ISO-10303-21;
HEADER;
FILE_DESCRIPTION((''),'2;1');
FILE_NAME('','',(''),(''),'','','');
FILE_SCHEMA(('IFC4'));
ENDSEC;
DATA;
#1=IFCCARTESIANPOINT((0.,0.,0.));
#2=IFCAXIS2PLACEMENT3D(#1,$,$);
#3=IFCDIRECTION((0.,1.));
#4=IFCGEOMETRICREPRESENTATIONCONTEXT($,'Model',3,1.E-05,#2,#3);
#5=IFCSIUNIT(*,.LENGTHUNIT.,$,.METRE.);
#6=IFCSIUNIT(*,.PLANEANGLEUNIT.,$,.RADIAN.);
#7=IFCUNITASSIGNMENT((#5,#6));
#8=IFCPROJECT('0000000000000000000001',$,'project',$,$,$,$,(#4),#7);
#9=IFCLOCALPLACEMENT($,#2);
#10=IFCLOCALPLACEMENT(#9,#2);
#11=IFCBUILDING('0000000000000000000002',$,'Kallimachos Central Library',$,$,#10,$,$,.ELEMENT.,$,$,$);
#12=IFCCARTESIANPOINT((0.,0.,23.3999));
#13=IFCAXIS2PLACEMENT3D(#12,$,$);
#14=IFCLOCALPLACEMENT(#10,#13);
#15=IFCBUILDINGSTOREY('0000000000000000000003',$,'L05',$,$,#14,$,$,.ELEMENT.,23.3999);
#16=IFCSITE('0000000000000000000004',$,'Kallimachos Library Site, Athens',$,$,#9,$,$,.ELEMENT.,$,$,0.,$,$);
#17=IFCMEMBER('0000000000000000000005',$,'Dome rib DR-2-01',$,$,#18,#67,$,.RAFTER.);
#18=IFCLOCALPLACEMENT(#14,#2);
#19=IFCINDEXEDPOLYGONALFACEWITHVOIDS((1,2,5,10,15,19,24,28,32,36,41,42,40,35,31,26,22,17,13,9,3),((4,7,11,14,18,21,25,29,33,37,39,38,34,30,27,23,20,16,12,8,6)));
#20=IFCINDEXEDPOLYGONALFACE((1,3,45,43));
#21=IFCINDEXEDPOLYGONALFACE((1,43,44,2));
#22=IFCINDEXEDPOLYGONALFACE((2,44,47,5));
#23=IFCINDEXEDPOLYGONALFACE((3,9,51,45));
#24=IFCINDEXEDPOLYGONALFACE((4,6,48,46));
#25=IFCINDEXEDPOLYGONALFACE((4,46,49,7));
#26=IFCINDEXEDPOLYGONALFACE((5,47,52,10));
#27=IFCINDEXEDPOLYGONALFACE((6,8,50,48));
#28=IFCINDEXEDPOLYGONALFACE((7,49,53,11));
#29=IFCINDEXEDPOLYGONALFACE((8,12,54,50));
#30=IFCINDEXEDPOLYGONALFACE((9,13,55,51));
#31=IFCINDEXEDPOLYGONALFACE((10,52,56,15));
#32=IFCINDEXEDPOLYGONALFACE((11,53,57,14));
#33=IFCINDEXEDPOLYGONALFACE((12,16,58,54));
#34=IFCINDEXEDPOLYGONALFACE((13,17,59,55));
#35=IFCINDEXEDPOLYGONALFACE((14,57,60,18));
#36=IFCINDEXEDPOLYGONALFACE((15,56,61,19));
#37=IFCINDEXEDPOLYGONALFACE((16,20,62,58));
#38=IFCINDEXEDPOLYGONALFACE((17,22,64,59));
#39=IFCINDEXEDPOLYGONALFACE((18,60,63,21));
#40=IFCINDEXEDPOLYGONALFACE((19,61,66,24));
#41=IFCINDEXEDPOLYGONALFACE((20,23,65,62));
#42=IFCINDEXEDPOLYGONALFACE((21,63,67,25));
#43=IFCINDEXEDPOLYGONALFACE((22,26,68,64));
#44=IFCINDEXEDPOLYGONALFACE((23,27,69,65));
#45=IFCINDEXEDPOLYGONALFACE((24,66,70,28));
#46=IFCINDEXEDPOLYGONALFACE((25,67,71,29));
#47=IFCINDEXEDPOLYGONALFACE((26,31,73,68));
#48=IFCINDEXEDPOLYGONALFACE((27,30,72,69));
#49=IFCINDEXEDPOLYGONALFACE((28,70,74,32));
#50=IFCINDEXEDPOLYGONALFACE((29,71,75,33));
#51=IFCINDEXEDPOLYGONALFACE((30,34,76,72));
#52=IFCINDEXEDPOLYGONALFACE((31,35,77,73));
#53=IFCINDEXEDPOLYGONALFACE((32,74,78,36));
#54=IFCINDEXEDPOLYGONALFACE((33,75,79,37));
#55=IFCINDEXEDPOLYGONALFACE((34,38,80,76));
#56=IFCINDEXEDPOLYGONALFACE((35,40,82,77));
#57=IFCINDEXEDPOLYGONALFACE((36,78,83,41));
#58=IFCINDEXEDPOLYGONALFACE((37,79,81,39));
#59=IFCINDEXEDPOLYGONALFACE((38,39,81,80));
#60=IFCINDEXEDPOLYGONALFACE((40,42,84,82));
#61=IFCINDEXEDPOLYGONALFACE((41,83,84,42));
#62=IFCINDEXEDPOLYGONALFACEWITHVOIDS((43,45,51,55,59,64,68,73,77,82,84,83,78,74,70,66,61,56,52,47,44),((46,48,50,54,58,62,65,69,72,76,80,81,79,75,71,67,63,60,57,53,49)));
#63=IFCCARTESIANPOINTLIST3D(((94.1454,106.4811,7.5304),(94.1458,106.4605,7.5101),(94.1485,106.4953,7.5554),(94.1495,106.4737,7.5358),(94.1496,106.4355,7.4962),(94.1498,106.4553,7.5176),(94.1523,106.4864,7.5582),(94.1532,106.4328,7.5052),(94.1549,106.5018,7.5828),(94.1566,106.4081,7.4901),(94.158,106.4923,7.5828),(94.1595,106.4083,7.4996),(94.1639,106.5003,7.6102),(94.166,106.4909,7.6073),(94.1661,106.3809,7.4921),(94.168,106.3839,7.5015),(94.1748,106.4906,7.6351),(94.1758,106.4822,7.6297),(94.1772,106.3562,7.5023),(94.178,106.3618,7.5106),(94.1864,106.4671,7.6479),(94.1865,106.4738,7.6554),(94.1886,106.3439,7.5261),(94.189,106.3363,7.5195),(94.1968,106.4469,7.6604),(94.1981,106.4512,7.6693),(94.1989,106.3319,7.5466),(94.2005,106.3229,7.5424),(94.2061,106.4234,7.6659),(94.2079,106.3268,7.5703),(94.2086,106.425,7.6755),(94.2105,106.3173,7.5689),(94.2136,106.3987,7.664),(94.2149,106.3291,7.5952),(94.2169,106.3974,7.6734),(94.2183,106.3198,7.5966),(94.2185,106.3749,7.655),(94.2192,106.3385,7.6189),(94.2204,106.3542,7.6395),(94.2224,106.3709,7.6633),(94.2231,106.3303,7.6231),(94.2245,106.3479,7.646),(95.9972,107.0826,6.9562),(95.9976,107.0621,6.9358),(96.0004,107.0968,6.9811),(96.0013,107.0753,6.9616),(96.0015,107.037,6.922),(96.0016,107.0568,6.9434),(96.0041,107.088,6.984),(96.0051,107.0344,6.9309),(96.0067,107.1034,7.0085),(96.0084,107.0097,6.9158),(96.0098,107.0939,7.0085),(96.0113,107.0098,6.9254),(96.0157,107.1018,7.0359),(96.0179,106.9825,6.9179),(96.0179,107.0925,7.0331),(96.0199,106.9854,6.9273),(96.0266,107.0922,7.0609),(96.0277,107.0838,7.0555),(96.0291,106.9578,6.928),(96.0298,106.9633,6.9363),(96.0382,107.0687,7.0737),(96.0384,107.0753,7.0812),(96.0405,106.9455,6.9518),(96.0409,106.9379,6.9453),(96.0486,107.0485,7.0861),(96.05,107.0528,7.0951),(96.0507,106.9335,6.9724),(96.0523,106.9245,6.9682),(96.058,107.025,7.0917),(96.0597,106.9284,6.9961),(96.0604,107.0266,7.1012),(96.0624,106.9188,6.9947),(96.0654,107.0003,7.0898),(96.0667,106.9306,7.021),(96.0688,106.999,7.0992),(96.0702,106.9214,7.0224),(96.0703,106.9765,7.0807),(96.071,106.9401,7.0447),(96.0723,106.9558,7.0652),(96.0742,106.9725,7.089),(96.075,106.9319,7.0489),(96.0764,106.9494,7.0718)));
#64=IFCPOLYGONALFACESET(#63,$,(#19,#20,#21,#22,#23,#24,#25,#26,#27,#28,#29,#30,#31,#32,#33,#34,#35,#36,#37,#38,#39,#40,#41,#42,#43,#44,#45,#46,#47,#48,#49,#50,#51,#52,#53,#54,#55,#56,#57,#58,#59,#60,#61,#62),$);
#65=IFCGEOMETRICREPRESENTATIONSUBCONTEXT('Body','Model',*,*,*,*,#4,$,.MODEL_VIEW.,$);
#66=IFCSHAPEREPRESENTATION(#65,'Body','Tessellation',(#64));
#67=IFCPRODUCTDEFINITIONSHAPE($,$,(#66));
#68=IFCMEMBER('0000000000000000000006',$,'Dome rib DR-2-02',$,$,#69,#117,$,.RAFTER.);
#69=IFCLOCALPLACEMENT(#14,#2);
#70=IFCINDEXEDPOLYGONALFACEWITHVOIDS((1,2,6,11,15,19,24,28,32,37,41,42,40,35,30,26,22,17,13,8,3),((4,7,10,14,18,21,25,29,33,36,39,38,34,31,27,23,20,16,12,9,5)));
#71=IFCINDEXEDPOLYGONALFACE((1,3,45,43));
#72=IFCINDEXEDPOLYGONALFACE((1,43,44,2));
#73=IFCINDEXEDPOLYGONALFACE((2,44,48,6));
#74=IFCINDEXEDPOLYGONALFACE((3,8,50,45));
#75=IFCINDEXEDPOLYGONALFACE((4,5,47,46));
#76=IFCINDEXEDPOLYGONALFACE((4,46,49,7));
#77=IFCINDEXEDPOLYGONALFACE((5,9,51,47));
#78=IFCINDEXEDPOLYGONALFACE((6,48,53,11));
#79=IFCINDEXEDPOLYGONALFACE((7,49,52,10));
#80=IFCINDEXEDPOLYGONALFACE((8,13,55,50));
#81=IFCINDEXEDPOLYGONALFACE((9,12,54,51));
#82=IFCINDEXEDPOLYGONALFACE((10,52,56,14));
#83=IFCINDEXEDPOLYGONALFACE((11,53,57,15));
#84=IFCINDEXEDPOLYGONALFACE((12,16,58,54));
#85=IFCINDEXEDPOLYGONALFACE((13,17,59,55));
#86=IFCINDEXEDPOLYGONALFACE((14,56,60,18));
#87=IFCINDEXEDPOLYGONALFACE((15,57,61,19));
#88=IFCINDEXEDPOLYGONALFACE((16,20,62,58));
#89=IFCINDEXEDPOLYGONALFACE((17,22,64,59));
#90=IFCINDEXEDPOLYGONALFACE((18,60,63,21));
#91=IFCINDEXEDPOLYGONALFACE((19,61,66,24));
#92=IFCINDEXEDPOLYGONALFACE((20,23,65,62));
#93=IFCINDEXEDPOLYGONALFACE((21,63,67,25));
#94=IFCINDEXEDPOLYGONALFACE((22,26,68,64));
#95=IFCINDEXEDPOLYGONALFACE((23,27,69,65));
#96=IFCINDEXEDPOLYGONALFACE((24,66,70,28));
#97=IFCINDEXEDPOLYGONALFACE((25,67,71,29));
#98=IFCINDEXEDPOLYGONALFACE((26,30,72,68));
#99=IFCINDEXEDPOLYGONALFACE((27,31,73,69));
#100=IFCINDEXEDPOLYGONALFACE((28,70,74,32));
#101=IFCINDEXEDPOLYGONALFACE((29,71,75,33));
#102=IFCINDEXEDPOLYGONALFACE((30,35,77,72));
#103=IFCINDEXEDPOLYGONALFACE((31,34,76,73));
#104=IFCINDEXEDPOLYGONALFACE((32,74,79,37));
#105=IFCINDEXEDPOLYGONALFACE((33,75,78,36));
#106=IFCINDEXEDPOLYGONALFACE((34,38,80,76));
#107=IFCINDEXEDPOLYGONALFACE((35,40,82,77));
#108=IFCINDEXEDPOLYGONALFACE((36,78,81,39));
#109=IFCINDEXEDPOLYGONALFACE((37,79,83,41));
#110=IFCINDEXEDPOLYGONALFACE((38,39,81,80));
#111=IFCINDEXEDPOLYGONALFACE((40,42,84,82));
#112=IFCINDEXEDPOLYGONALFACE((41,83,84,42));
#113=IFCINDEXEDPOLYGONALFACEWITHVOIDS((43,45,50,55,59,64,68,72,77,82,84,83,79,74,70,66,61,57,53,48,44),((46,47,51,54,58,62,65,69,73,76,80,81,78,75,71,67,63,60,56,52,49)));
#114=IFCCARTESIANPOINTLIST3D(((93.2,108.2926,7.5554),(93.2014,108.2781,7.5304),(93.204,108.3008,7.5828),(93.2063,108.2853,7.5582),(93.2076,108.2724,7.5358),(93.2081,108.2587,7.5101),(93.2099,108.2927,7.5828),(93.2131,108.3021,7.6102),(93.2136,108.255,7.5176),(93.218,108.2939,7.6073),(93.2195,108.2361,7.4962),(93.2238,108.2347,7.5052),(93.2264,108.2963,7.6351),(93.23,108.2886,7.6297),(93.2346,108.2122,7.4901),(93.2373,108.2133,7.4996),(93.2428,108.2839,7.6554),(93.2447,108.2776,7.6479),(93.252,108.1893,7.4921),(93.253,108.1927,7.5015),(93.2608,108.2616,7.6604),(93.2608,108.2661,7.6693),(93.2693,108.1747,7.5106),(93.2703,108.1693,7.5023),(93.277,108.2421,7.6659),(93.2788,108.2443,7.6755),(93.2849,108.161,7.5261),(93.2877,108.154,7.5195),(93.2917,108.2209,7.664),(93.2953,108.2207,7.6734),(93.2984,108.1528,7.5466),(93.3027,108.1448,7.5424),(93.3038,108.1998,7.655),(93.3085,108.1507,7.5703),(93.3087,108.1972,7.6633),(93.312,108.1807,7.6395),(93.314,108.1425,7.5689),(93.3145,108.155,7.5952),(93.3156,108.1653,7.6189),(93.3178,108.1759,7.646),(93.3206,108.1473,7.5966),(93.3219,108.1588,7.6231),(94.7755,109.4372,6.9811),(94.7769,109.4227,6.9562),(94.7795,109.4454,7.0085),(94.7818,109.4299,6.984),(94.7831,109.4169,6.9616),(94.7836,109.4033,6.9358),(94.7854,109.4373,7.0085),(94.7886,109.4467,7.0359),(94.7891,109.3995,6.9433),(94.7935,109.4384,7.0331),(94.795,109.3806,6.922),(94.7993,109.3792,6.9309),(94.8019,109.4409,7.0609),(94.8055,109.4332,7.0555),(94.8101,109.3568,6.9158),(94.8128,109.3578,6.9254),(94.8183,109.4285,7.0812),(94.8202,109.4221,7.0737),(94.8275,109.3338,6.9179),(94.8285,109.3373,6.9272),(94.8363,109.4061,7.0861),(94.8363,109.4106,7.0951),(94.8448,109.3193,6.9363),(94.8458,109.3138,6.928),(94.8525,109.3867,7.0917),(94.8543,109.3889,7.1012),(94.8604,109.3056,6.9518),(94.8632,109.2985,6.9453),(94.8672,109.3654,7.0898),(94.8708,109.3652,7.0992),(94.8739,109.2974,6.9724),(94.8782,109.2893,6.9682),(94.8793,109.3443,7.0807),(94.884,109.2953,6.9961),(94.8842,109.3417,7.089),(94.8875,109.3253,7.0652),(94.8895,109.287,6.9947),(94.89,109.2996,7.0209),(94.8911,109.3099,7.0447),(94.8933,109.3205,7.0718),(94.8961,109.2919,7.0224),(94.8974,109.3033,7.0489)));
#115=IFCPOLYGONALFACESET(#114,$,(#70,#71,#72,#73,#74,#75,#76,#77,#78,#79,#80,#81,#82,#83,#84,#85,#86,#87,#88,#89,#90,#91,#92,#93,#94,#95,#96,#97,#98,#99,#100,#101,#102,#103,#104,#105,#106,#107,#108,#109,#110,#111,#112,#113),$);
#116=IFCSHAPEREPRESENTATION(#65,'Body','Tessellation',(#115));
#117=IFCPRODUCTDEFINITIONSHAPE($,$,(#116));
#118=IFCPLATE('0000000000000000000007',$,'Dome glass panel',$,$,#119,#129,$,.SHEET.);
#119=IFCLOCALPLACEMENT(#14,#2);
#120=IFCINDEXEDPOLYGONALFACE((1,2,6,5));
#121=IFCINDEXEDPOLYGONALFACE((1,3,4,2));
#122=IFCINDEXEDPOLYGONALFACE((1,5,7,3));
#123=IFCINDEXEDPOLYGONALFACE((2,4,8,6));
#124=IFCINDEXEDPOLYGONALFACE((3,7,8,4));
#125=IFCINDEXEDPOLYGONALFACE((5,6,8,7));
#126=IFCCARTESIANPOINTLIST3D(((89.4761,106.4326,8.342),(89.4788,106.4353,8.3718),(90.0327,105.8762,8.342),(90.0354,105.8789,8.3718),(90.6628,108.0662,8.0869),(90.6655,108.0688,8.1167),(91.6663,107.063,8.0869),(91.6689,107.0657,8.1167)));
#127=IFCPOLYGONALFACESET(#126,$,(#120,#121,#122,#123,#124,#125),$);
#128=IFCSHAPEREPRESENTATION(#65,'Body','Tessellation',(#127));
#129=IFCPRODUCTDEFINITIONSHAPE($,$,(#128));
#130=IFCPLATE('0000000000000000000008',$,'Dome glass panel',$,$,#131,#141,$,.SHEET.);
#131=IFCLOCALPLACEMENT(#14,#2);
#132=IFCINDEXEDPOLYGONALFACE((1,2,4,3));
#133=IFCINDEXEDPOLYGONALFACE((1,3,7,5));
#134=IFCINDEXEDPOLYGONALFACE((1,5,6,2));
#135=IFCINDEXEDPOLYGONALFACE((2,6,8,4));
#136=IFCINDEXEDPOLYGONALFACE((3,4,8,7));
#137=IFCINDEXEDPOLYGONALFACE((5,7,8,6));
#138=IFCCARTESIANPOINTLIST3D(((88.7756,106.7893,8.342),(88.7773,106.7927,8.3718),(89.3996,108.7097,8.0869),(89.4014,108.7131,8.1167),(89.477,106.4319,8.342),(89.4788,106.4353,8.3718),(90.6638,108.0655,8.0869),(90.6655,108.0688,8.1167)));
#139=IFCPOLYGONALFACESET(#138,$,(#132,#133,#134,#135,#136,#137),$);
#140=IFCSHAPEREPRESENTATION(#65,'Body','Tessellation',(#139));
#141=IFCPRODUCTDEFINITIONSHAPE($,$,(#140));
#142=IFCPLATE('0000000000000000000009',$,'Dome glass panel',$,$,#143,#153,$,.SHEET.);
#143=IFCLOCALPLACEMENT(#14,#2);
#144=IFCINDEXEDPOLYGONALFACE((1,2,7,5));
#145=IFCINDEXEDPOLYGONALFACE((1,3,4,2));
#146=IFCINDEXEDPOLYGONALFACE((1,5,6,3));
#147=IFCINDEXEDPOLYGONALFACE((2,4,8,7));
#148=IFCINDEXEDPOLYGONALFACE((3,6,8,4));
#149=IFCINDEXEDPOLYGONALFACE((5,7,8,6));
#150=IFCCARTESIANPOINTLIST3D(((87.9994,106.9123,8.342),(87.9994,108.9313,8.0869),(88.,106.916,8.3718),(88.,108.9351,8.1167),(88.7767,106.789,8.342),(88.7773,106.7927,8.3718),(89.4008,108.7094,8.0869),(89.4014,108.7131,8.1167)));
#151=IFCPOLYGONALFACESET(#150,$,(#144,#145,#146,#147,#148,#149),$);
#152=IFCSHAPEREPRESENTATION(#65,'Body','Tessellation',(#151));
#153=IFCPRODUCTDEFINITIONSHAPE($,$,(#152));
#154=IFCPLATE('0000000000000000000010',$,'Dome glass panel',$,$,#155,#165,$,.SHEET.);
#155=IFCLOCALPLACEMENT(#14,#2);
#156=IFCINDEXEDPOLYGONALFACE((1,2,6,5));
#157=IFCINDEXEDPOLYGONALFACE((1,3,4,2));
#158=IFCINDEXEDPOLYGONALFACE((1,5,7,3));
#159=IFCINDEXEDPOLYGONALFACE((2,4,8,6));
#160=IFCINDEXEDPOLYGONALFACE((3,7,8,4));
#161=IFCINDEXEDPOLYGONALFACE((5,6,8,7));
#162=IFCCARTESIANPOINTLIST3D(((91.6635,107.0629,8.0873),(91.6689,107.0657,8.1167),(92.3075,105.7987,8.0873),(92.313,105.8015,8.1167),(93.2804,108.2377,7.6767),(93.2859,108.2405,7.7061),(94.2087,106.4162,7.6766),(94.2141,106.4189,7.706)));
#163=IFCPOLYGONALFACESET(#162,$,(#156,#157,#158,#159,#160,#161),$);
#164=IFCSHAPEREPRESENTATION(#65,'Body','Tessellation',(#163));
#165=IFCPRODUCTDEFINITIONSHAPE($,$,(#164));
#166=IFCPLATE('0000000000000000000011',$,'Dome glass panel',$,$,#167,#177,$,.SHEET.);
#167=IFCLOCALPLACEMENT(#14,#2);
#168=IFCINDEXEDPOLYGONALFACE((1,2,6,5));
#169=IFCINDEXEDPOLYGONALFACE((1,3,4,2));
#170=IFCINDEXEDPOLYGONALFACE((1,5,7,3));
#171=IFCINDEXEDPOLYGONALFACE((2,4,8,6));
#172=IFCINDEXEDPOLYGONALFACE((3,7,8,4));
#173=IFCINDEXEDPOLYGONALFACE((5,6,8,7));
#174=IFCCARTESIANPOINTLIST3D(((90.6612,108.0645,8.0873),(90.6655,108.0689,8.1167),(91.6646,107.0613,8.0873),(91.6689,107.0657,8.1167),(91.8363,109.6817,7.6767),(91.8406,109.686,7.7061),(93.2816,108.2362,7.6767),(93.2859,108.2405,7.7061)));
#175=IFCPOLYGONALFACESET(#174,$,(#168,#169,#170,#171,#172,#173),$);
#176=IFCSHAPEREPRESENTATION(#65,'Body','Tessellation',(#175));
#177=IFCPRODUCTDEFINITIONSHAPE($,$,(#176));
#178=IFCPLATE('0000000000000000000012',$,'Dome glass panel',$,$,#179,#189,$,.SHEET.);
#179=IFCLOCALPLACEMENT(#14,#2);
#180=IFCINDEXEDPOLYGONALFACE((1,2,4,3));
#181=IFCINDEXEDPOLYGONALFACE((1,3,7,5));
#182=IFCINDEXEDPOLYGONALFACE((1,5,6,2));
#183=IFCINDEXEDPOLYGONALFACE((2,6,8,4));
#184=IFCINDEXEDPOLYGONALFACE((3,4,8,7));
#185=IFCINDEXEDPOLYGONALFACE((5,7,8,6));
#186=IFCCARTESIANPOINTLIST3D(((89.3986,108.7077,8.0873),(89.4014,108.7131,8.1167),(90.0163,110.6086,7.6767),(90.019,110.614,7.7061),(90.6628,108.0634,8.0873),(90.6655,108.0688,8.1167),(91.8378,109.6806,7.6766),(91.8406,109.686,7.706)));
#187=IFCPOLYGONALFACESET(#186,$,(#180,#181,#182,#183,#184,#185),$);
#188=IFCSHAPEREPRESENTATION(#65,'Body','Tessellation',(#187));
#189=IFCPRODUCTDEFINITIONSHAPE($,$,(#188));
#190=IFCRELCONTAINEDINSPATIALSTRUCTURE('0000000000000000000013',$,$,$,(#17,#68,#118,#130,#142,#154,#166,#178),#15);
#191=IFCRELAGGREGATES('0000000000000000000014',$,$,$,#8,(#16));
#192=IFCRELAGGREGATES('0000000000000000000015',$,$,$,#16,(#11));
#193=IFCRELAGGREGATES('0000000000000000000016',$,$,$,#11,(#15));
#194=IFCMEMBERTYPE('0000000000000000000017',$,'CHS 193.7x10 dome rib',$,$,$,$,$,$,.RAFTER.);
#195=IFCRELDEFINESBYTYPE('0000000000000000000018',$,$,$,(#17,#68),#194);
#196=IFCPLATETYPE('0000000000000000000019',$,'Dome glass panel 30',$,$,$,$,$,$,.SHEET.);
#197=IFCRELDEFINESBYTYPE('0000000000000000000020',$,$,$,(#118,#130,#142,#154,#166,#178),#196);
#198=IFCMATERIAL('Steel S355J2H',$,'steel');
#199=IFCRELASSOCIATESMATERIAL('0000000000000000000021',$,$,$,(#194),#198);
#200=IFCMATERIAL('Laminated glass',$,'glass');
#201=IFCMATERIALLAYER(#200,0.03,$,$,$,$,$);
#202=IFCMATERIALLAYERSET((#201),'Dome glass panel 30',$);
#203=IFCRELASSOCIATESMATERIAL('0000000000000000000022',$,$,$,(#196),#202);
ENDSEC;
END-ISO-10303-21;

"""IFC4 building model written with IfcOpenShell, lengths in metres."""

from ifc_helpers import new_model, si_unit, direction, frame, origin, origin_2d, place, context, subcontext, project, spatial, polyline, hollow_circle, outline, extrude, material, layer, layer_set, material_profile, profile_set, type_object, element, save


model = new_model("IFC4")

# Units and contexts
model_context = context("Model", 3, precision=1e-05, world=origin(), true_north=direction((0.0, 1.0)))
body_context = subcontext(model_context, "Body", "Model", "MODEL_VIEW")
ifc_project = project(units=[si_unit("LENGTHUNIT", "METRE"), si_unit("PLANEANGLEUNIT", "RADIAN")], contexts=[model_context])

# Site, building, storey
site_placement = place(None, origin())
site = spatial("IfcSite", under=ifc_project, at=site_placement, Name="Kallimachos Library Site, Athens", CompositionType="ELEMENT", RefElevation=0.0)
building_placement = place(site_placement, origin())
building = spatial("IfcBuilding", under=site, at=building_placement, Name="Kallimachos Central Library", CompositionType="ELEMENT")
storey_placement = place(building_placement, frame((0.0, 0.0, 23.3999)))
storey = spatial("IfcBuildingStorey", under=building, at=storey_placement, Name="L05", CompositionType="ELEMENT", Elevation=23.3999)

# Members
ifc_material_1 = material(Name="Steel S355J2H", Category="steel")
ifc_material_profile_1 = material_profile(ifc_material_1, hollow_circle(Radius=0.0969, WallThickness=0.01, at=origin_2d()), Name="CHS 193.7x10")
ifc_profile_set_1 = profile_set([ifc_material_profile_1], Name="Steel S355J2H")
member_type_1 = type_object("IfcMemberType", Name="CHS 193.7x10 dome rib", PredefinedType="RAFTER", material=ifc_profile_set_1)
member_1_placement = place(storey_placement, frame((94.1848, 106.4097, 7.5828), z_axis=(0.912232, 0.29634, -0.28287), x_axis=(-0.308958, 0.951076, 0.0)))
element("IfcMember", 1, at=member_1_placement, inside=storey, type_object=member_type_1, Name="Dome rib DR-2-01", PredefinedType="RAFTER", context=body_context, shape_type="SweptSolid", body=[
    extrude(hollow_circle(Radius=0.0969, WallThickness=0.01, at=origin_2d()), origin(), (0.0, 0.0, 1.0), 2.03),
])
member_2_placement = place(storey_placement, frame((93.261, 108.2224, 7.5828), z_axis=(0.776004, 0.563755, -0.282839), x_axis=(-0.587754, 0.80904, 0.0)))
element("IfcMember", 2, at=member_2_placement, inside=storey, type_object=member_type_1, Name="Dome rib DR-2-02", PredefinedType="RAFTER", context=body_context, shape_type="SweptSolid", body=[
    extrude(hollow_circle(Radius=0.0969, WallThickness=0.01, at=origin_2d()), origin(), (0.0, 0.0, 1.0), 2.0303),
])

# Plates
ifc_material_2 = material(Name="Laminated glass", Category="glass")
ifc_layer = layer(ifc_material_2, 0.03)
ifc_layer_set = layer_set([ifc_layer], Name="Dome glass panel 30")
plate_type = type_object("IfcPlateType", Name="Dome glass panel 30", PredefinedType="SHEET", material=ifc_layer_set)
plate_1_placement = place(storey_placement, frame((90.0354, 105.8789, 8.3718), z_axis=(0.089715, 0.089743, 0.991916), x_axis=(0.802652, 0.583126, -0.125355)))
element("IfcPlate", 3, at=plate_1_placement, inside=storey, type_object=plate_type, Name="Dome glass panel", PredefinedType="SHEET", context=body_context, shape_type="SweptSolid", body=[
    extrude(outline(polyline([(0.0, 0.0), (2.0352, 0.0), (1.8148, 1.4016), (-0.1223, 0.7775), (0.0, 0.0)])), origin(), (0.0, 0.0, -1.0), 0.03),
])
plate_2_placement = place(storey_placement, frame((89.4788, 106.4353, 8.3718), z_axis=(0.057617, 0.113057, 0.991917), x_axis=(0.583125, 0.802652, -0.125356)))
element("IfcPlate", 4, at=plate_2_placement, inside=storey, type_object=plate_type, Name="Dome glass panel", PredefinedType="SHEET", context=body_context, shape_type="SweptSolid", body=[
    extrude(outline(polyline([(0.0, 0.0), (2.0352, 0.0), (1.8152, 1.4017), (-0.1221, 0.7777), (0.0, 0.0)])), origin(), (0.0, 0.0, -1.0), 0.03),
])
plate_3_placement = place(storey_placement, frame((88.7773, 106.7927, 8.3718), z_axis=(0.019859, 0.125331, 0.991916), x_axis=(0.306599, 0.943548, -0.125358)))
element("IfcPlate", 5, at=plate_3_placement, inside=storey, type_object=plate_type, Name="Dome glass panel", PredefinedType="SHEET", context=body_context, shape_type="SweptSolid", body=[
    extrude(outline(polyline([(0.0, 0.0), (2.0353, 0.0), (1.815, 1.4016), (-0.122, 0.7775), (0.0, 0.0)])), origin(), (0.0, 0.0, -1.0), 0.03),
])
plate_4_placement = place(storey_placement, frame((92.313, 105.8015, 8.1167), z_axis=(0.181455, 0.092458, 0.979043), x_axis=(0.93164, 0.30257, -0.201243)))
element("IfcPlate", 6, at=plate_4_placement, inside=storey, type_object=plate_type, Name="Dome glass panel", PredefinedType="SHEET", context=body_context, shape_type="SweptSolid", body=[
    extrude(outline(polyline([(0.0, 0.0), (2.0406, 0.0), (1.727, 2.0202), (-0.2175, 1.402), (0.0, 0.0)])), origin(), (0.0, 0.0, -1.0), 0.03),
])
plate_5_placement = place(storey_placement, frame((91.6689, 107.0657, 8.1167), z_axis=(0.143997, 0.143997, 0.979045), x_axis=(0.79246, 0.575769, -0.201238)))
element("IfcPlate", 7, at=plate_5_placement, inside=storey, type_object=plate_type, Name="Dome glass panel", PredefinedType="SHEET", context=body_context, shape_type="SweptSolid", body=[
    extrude(outline(polyline([(0.0, 0.0), (2.0404, 0.0), (1.7274, 2.02), (-0.2176, 1.4021), (0.0, 0.0)])), origin(), (0.0, 0.0, -1.0), 0.03),
])
plate_6_placement = place(storey_placement, frame((90.6655, 108.0688, 8.1167), z_axis=(0.092453, 0.181445, 0.979045), x_axis=(0.575791, 0.792445, -0.201236)))
element("IfcPlate", 8, at=plate_6_placement, inside=storey, type_object=plate_type, Name="Dome glass panel", PredefinedType="SHEET", context=body_context, shape_type="SweptSolid", body=[
    extrude(outline(polyline([(0.0, 0.0), (2.0408, 0.0), (1.7273, 2.0201), (-0.2173, 1.4021), (0.0, 0.0)])), origin(), (0.0, 0.0, -1.0), 0.03),
])

save(model, "model.ifc")
